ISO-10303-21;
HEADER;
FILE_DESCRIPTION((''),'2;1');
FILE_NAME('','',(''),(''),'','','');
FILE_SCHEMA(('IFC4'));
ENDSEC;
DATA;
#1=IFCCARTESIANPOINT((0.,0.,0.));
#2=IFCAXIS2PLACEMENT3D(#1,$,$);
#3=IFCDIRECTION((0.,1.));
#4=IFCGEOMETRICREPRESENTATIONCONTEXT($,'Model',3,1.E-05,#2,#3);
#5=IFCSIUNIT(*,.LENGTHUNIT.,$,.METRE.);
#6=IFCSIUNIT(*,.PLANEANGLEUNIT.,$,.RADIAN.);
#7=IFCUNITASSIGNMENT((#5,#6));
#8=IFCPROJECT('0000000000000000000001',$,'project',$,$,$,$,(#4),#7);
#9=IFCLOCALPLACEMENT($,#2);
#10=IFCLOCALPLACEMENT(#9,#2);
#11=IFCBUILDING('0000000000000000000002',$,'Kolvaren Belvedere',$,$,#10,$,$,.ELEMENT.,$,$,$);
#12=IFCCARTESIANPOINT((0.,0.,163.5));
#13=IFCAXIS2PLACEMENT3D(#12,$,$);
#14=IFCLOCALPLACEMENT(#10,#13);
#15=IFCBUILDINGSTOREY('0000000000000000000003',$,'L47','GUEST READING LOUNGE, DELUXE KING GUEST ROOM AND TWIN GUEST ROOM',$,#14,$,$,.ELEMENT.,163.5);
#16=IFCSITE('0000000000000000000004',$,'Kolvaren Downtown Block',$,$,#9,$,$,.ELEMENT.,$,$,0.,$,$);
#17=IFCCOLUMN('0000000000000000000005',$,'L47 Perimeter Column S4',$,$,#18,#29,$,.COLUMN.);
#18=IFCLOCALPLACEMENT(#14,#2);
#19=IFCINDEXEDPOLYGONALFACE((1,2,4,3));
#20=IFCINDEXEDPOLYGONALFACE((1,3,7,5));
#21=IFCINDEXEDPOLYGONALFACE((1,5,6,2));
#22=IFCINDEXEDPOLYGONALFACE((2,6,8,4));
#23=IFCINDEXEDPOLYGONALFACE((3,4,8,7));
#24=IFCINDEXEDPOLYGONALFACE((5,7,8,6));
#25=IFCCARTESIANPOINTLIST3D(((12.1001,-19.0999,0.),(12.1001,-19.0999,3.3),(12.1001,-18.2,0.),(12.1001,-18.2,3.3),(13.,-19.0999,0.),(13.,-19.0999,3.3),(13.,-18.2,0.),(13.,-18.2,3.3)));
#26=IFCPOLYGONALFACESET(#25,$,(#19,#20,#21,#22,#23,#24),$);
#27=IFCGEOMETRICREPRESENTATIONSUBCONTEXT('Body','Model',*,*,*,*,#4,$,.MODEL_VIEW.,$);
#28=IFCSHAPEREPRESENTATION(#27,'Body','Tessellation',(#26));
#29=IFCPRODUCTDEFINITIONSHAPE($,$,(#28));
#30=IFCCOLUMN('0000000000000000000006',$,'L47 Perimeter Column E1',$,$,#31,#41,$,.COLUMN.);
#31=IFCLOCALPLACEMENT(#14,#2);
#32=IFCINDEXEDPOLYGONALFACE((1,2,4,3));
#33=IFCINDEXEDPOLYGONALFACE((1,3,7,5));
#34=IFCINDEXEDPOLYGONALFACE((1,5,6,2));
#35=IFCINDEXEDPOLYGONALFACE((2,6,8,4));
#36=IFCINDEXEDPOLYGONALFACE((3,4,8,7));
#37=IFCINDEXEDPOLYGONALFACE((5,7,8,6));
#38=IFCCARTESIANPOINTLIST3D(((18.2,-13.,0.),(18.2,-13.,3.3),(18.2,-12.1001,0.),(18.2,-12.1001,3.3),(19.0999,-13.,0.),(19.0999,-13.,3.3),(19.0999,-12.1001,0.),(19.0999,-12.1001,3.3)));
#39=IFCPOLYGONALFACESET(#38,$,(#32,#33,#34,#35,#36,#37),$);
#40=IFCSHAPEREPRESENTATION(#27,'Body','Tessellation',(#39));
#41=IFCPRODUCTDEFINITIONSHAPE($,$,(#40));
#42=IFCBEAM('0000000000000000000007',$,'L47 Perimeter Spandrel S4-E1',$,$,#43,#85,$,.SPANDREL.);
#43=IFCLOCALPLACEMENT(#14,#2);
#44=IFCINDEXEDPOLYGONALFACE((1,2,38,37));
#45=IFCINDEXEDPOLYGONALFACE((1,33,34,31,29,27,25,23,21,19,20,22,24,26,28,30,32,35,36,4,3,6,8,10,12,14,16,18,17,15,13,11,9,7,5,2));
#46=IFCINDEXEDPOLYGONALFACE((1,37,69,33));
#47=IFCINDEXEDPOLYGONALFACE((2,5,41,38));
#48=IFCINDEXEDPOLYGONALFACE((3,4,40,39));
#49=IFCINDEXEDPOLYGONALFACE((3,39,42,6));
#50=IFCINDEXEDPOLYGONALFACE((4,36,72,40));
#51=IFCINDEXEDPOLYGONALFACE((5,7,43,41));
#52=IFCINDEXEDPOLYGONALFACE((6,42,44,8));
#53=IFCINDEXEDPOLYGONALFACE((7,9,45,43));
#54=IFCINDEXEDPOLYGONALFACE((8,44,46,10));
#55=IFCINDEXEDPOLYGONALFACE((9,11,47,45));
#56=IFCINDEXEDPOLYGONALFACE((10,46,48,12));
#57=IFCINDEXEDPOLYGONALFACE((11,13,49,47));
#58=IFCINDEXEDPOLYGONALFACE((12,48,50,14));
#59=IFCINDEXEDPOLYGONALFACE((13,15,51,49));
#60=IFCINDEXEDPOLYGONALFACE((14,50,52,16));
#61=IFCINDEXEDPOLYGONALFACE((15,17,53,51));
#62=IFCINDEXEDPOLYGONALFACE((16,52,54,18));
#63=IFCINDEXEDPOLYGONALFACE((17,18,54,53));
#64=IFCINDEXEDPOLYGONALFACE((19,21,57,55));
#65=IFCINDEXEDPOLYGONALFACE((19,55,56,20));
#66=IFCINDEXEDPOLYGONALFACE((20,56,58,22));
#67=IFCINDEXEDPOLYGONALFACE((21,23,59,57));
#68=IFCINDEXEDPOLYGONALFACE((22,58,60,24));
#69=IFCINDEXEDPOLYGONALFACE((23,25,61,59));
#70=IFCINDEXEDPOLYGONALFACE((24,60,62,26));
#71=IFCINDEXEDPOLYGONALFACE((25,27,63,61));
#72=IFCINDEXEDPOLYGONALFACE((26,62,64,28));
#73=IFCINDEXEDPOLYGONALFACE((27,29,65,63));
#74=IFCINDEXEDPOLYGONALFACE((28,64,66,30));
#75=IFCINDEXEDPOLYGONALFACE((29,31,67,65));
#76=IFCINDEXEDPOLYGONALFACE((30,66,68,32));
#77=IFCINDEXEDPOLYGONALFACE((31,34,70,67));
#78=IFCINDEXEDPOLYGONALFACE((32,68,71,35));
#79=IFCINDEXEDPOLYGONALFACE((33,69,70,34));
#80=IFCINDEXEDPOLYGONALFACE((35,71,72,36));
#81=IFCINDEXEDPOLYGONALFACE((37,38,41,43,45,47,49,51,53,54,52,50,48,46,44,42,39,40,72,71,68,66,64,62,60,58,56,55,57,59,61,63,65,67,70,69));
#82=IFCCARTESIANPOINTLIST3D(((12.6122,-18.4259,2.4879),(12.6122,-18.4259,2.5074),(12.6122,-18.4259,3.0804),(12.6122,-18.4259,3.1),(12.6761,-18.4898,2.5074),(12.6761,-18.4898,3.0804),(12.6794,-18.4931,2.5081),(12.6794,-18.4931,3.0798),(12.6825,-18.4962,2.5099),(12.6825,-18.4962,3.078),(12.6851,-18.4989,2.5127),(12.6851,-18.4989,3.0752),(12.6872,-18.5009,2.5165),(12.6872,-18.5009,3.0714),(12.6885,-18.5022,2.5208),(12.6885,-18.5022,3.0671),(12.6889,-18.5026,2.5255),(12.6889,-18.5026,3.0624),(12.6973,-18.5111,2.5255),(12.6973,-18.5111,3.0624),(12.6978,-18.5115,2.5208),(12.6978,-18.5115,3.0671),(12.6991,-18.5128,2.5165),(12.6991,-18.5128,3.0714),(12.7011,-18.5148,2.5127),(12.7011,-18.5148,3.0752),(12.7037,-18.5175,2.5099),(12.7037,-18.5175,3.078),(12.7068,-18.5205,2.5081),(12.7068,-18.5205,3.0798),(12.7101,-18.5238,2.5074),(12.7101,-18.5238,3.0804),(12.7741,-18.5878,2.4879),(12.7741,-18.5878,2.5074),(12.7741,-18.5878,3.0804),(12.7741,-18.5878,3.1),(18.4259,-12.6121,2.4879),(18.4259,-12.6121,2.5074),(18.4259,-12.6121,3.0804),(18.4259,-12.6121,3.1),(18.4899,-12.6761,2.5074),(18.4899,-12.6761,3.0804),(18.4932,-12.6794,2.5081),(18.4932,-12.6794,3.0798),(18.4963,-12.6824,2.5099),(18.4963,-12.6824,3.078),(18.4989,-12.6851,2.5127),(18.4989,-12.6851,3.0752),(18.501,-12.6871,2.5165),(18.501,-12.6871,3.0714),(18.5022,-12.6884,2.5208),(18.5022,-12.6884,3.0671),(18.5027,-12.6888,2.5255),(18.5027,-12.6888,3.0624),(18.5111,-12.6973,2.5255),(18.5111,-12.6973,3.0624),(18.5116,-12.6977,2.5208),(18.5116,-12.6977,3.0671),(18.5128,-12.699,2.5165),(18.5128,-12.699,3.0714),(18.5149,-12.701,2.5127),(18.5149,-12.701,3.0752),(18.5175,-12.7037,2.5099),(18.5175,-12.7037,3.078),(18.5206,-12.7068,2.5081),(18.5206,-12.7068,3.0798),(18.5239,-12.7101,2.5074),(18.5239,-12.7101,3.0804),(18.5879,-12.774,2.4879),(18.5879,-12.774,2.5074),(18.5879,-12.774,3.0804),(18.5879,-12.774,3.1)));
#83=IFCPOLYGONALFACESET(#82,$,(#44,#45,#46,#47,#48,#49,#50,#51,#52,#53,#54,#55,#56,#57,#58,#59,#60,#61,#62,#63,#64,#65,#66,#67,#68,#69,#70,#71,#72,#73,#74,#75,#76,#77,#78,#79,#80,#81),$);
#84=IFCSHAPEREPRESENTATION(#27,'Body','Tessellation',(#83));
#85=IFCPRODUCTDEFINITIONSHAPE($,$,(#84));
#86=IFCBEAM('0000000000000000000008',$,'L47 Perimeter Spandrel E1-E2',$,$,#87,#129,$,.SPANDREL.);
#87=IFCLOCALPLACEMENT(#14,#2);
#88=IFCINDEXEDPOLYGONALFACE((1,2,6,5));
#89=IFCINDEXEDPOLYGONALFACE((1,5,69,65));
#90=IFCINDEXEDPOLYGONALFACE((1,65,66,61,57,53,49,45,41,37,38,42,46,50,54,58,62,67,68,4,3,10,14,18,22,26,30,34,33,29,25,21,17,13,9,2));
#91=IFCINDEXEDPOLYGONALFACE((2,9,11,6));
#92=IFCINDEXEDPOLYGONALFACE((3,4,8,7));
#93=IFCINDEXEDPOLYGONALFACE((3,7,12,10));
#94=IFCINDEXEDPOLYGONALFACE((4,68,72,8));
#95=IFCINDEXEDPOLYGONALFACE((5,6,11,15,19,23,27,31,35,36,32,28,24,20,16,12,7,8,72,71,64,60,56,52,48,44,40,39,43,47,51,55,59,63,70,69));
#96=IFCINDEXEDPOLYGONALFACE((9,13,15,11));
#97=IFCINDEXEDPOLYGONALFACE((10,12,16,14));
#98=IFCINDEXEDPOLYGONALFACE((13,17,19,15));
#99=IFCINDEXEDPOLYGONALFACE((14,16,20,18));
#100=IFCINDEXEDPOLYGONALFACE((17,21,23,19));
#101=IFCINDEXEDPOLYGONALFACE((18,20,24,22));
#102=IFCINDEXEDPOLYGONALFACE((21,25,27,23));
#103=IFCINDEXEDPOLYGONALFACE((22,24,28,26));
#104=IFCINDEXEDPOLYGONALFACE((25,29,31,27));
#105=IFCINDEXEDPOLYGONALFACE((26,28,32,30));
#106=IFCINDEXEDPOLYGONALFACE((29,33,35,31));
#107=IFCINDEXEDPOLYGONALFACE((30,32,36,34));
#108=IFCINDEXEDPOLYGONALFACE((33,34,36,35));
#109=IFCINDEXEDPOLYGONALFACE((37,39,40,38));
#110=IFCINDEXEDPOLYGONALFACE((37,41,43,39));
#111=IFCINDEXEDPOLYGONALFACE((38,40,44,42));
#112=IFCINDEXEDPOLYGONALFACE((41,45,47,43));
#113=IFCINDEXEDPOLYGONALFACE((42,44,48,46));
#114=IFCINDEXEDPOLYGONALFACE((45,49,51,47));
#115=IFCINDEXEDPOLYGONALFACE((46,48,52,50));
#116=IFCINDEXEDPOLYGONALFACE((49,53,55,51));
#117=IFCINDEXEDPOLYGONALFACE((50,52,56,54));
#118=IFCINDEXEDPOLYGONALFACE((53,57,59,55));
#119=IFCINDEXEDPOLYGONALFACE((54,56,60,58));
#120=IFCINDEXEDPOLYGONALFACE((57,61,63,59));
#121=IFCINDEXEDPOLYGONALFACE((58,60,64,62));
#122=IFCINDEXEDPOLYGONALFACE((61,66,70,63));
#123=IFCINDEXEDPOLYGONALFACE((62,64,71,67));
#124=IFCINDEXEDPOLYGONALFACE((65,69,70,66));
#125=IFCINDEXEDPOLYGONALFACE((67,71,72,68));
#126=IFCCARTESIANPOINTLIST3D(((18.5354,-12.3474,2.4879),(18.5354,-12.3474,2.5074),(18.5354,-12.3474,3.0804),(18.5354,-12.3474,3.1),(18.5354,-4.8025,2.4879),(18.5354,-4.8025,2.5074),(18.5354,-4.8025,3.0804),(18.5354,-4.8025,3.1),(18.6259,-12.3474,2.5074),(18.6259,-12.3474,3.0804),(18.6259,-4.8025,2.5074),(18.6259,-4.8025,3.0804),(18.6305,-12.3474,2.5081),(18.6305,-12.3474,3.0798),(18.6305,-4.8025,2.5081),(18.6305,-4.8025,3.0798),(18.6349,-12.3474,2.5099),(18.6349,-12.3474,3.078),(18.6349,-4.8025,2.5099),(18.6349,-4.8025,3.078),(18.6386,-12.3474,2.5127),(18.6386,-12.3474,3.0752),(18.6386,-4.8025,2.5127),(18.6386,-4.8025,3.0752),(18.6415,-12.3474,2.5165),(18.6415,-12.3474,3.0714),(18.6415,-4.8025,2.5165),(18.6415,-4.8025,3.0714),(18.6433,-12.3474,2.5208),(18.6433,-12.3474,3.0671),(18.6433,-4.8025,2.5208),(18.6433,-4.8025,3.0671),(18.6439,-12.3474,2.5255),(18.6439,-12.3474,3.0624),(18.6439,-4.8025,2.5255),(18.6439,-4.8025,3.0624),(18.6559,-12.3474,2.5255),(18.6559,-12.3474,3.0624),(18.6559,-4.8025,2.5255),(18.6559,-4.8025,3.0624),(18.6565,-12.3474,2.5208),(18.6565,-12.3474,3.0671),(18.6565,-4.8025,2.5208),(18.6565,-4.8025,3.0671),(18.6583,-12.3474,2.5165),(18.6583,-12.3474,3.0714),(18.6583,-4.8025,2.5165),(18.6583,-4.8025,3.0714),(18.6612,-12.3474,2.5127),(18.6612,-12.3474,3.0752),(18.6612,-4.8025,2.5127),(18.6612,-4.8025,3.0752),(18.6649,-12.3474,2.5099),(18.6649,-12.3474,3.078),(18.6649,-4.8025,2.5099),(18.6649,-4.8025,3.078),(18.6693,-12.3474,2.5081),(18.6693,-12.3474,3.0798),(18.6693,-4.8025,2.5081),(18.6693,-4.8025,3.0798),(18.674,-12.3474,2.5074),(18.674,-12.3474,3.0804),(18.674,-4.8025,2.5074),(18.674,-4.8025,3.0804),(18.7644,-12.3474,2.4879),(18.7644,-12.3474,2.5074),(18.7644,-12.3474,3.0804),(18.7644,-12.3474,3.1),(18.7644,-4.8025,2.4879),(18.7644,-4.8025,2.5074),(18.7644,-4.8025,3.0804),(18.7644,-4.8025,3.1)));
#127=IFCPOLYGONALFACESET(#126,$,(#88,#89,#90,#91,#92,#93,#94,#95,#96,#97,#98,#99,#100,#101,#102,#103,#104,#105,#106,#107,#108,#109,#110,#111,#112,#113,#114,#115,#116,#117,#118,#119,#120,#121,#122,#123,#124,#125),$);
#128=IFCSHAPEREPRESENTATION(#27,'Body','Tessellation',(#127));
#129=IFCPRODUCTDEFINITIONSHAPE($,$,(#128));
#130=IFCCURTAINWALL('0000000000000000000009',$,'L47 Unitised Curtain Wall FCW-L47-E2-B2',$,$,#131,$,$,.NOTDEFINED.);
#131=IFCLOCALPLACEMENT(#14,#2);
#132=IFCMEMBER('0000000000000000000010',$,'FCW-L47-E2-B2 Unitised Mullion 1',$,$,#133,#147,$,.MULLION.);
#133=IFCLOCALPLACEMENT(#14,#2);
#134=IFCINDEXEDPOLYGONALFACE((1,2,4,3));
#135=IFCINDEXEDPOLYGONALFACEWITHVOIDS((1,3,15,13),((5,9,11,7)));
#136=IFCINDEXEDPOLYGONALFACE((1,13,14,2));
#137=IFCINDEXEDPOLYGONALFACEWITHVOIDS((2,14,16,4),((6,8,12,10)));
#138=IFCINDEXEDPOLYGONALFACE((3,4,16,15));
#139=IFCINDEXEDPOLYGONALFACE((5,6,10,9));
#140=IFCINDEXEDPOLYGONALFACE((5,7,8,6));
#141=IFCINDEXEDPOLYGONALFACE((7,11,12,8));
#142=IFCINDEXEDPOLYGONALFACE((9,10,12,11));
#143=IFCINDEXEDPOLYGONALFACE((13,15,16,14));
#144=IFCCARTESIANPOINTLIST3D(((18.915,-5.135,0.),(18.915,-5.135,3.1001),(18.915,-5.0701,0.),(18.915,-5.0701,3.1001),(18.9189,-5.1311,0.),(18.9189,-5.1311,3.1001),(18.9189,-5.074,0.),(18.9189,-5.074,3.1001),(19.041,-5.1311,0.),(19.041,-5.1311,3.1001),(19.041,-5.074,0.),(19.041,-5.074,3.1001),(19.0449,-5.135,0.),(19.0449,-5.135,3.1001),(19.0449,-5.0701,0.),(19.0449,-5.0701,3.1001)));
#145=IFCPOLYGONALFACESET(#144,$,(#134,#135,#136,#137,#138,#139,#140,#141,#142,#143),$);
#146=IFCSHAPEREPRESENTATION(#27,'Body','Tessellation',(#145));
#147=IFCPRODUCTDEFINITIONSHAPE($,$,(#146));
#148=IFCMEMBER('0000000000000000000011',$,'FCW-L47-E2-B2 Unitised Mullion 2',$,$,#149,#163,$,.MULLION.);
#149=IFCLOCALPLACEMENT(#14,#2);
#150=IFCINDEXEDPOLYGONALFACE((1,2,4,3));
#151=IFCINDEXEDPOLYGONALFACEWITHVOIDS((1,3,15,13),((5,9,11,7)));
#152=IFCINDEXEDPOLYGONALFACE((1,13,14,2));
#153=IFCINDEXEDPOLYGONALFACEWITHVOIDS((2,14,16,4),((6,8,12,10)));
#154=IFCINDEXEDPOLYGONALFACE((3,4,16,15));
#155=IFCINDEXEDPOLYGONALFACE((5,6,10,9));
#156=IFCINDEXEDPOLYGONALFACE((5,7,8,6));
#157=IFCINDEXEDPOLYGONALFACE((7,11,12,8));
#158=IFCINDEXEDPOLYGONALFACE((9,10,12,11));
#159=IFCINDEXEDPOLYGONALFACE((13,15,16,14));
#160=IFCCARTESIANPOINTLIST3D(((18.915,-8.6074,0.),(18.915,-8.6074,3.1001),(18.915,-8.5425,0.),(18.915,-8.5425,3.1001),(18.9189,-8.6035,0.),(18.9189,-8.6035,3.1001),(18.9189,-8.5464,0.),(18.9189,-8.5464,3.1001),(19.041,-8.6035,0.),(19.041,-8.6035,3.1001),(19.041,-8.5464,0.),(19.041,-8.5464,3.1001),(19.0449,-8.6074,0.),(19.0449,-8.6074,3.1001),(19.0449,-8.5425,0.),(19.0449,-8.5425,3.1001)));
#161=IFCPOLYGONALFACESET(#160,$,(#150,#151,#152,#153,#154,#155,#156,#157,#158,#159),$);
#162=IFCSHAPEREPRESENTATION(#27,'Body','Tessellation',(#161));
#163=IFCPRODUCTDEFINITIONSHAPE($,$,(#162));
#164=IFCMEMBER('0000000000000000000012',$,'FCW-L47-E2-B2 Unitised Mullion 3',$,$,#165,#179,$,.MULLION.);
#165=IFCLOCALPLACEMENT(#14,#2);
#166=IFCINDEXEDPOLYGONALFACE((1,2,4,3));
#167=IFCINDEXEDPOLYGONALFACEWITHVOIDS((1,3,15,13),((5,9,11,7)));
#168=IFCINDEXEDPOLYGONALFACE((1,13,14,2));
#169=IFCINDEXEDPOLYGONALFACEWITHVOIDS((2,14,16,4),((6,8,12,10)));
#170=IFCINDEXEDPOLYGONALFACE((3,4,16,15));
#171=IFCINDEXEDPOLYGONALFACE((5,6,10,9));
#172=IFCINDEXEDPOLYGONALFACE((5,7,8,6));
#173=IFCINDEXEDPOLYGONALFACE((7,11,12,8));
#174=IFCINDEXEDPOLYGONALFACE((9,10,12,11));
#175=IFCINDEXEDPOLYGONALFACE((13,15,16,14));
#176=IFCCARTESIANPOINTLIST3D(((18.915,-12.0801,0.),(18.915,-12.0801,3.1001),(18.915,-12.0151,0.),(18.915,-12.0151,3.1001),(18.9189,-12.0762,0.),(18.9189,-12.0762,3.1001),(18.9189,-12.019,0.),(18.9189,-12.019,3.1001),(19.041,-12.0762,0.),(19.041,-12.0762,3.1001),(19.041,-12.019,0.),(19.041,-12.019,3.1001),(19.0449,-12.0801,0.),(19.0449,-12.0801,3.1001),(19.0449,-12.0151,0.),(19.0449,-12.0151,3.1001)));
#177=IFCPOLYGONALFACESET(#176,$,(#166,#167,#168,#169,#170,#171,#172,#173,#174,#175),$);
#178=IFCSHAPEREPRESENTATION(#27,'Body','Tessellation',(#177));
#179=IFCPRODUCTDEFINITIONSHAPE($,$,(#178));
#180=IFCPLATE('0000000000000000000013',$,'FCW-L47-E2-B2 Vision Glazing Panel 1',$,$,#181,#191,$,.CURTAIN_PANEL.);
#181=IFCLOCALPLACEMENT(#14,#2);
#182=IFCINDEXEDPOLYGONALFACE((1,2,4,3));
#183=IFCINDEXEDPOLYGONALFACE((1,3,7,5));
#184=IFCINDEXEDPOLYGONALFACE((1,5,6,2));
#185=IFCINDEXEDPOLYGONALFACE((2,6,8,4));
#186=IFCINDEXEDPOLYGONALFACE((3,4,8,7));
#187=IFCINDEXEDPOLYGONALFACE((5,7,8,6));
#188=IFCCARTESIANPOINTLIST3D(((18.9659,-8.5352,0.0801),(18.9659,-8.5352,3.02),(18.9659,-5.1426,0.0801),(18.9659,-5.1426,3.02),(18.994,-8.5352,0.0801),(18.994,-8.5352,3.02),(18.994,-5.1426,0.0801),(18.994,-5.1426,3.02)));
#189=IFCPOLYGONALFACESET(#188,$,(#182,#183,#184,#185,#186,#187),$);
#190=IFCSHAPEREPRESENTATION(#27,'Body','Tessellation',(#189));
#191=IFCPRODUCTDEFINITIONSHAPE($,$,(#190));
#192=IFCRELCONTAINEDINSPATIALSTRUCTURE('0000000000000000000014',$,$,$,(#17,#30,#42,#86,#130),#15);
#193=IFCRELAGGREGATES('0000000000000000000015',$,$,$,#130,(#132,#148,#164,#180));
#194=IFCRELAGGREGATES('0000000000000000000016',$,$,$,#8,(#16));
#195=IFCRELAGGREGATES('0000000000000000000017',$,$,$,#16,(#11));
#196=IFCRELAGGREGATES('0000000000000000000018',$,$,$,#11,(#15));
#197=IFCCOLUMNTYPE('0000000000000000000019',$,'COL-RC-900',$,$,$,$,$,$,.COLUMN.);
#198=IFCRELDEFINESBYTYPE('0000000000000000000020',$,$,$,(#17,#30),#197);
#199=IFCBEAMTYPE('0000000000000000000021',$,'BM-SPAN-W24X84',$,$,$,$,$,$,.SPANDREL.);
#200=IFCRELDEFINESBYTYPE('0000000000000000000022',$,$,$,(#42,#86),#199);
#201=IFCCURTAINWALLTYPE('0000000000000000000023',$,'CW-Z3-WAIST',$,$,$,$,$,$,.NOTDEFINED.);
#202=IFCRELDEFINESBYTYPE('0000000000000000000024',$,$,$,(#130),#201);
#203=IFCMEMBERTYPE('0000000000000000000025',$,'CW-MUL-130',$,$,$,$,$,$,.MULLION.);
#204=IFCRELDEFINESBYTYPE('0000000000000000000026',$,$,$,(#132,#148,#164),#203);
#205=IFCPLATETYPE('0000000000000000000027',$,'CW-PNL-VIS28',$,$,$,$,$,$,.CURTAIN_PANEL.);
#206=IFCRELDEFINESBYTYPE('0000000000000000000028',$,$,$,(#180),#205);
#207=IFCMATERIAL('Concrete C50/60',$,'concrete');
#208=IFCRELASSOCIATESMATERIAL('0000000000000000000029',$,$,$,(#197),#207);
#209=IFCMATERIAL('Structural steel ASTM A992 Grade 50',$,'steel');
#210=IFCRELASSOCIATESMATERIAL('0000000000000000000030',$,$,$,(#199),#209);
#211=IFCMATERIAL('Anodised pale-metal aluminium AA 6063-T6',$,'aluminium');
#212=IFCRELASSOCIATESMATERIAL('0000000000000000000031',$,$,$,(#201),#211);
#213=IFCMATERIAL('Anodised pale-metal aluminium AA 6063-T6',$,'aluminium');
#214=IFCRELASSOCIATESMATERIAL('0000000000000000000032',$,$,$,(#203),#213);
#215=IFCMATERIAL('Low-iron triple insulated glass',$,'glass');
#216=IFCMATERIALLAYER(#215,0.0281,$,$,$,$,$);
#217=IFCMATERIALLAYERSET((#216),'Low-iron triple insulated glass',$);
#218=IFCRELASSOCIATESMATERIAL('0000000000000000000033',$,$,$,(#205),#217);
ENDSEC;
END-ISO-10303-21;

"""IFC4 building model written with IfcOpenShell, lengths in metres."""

from ifc_helpers import new_model, si_unit, direction, frame, origin, origin_2d, place, context, subcontext, project, spatial, rectangle, hollow_rectangle, i_section, extrude, material, layer, layer_set, material_profile, profile_set, type_object, element, aggregate, save


model = new_model("IFC4")

# Units and contexts
model_context = context("Model", 3, precision=1e-05, world=origin(), true_north=direction((0.0, 1.0)))
body_context = subcontext(model_context, "Body", "Model", "MODEL_VIEW")
ifc_project = project(units=[si_unit("LENGTHUNIT", "METRE"), si_unit("PLANEANGLEUNIT", "RADIAN")], contexts=[model_context])

# Site, building, storey
site_placement = place(None, origin())
site = spatial("IfcSite", under=ifc_project, at=site_placement, Name="Kolvaren Downtown Block", CompositionType="ELEMENT", RefElevation=0.0)
building_placement = place(site_placement, origin())
building = spatial("IfcBuilding", under=site, at=building_placement, Name="Kolvaren Belvedere", CompositionType="ELEMENT")
storey_placement = place(building_placement, frame((0.0, 0.0, 163.5)))
storey = spatial("IfcBuildingStorey", under=building, at=storey_placement, Name="L47", Description="GUEST READING LOUNGE, DELUXE KING GUEST ROOM AND TWIN GUEST ROOM", CompositionType="ELEMENT", Elevation=163.5)

# Columns
ifc_material_1 = material(Name="Concrete C50/60", Category="concrete")
ifc_material_profile_1 = material_profile(ifc_material_1, rectangle(XDim=0.8999, YDim=0.8999, at=origin_2d()), Name="RC 900X900")
ifc_profile_set_1 = profile_set([ifc_material_profile_1], Name="Concrete C50/60")
column_type = type_object("IfcColumnType", Name="COL-RC-900", PredefinedType="COLUMN", material=ifc_profile_set_1)
for number, where, z_axis, x_axis, name in (
    (1, (12.55, -18.6499, 0.0), (0.0, 0.0, 1.0), (1.0, 0.0, 0.0), "L47 Perimeter Column S4"),
    (2, (18.6499, -12.55, 0.0), (0.0, 0.0, 1.0), (1.0, 0.0, 0.0), "L47 Perimeter Column E1"),
):
    element("IfcColumn", number, at=place(storey_placement, frame(where, z_axis=z_axis, x_axis=x_axis)), inside=storey, type_object=column_type, Name=name, PredefinedType="COLUMN", context=body_context, shape_type="SweptSolid", body=[
        extrude(rectangle(XDim=0.8999, YDim=0.8999, at=origin_2d()), origin(), (0.0, 0.0, 1.0), 3.3),
    ])

# Beams
ifc_material_2 = material(Name="Structural steel ASTM A992 Grade 50", Category="steel")
ifc_material_profile_2 = material_profile(ifc_material_2, i_section(OverallWidth=0.229, OverallDepth=0.6121, WebThickness=0.012, FlangeThickness=0.0195, FilletRadius=0.0181, at=origin_2d()), Name="W24X84")
ifc_profile_set_2 = profile_set([ifc_material_profile_2], Name="Structural steel ASTM A992 Grade 50")
beam_type = type_object("IfcBeamType", Name="BM-SPAN-W24X84", PredefinedType="SPANDREL", material=ifc_profile_set_2)
beam_1_placement = place(storey_placement, frame((12.6931, -18.5068, 2.7939), z_axis=(0.707107, 0.707107, 0.0), x_axis=(-0.707107, 0.707107, 0.0)))
element("IfcBeam", 3, at=beam_1_placement, inside=storey, type_object=beam_type, Name="L47 Perimeter Spandrel S4-E1", PredefinedType="SPANDREL", context=body_context, shape_type="SweptSolid", body=[
    extrude(i_section(OverallWidth=0.229, OverallDepth=0.6121, WebThickness=0.012, FlangeThickness=0.0195, FilletRadius=0.0181, at=origin_2d()), origin(), (0.0, 0.0, 1.0), 8.2219),
])
beam_2_placement = place(storey_placement, frame((18.6499, -12.3474, 2.7939), z_axis=(0.0, 1.0, 0.0), x_axis=(-1.0, 0.0, 0.0)))
element("IfcBeam", 4, at=beam_2_placement, inside=storey, type_object=beam_type, Name="L47 Perimeter Spandrel E1-E2", PredefinedType="SPANDREL", context=body_context, shape_type="SweptSolid", body=[
    extrude(i_section(OverallWidth=0.229, OverallDepth=0.6121, WebThickness=0.012, FlangeThickness=0.0195, FilletRadius=0.0181, at=origin_2d()), origin(), (0.0, 0.0, 1.0), 7.5449),
])

# Curtain wall, members, plate
ifc_material_3 = material(Name="Anodised pale-metal aluminium AA 6063-T6", Category="aluminium")
curtain_wall_type = type_object("IfcCurtainWallType", Name="CW-Z3-WAIST", PredefinedType="NOTDEFINED", material=ifc_material_3)
curtain_wall_placement = place(storey_placement, origin())
curtain_wall = element("IfcCurtainWall", 5, at=curtain_wall_placement, inside=storey, type_object=curtain_wall_type, Name="L47 Unitised Curtain Wall FCW-L47-E2-B2", PredefinedType="NOTDEFINED")
ifc_material_4 = material(Name="Anodised pale-metal aluminium AA 6063-T6", Category="aluminium")
ifc_material_profile_3 = material_profile(ifc_material_4, hollow_rectangle(XDim=0.0649, YDim=0.1299, WallThickness=0.0039, at=origin_2d()), Name="ALU-MUL-130X65")
ifc_profile_set_3 = profile_set([ifc_material_profile_3], Name="Anodised pale-metal aluminium AA 6063-T6")
member_type = type_object("IfcMemberType", Name="CW-MUL-130", PredefinedType="MULLION", material=ifc_profile_set_3)
member_1_placement = place(storey_placement, frame((18.98, -5.1025, 0.0), z_axis=(0.0, 0.0, 1.0), x_axis=(0.0, 1.0, 0.0)))
member_1 = element("IfcMember", 6, at=member_1_placement, type_object=member_type, Name="FCW-L47-E2-B2 Unitised Mullion 1", PredefinedType="MULLION", context=body_context, shape_type="SweptSolid", body=[
    extrude(hollow_rectangle(XDim=0.0649, YDim=0.1299, WallThickness=0.0039, at=origin_2d()), origin(), (0.0, 0.0, 1.0), 3.1001),
])
member_2_placement = place(storey_placement, frame((18.98, -8.575, 0.0), z_axis=(0.0, 0.0, 1.0), x_axis=(0.0, 1.0, 0.0)))
member_2 = element("IfcMember", 7, at=member_2_placement, type_object=member_type, Name="FCW-L47-E2-B2 Unitised Mullion 2", PredefinedType="MULLION", context=body_context, shape_type="SweptSolid", body=[
    extrude(hollow_rectangle(XDim=0.0649, YDim=0.1299, WallThickness=0.0039, at=origin_2d()), origin(), (0.0, 0.0, 1.0), 3.1001),
])
member_3_placement = place(storey_placement, frame((18.98, -12.0476, 0.0), z_axis=(0.0, 0.0, 1.0), x_axis=(0.0, 1.0, 0.0)))
member_3 = element("IfcMember", 8, at=member_3_placement, type_object=member_type, Name="FCW-L47-E2-B2 Unitised Mullion 3", PredefinedType="MULLION", context=body_context, shape_type="SweptSolid", body=[
    extrude(hollow_rectangle(XDim=0.0649, YDim=0.1299, WallThickness=0.0039, at=origin_2d()), origin(), (0.0, 0.0, 1.0), 3.1001),
])
ifc_material_5 = material(Name="Low-iron triple insulated glass", Category="glass")
ifc_layer_1 = layer(ifc_material_5, 0.0281)
ifc_layer_set_1 = layer_set([ifc_layer_1], Name="Low-iron triple insulated glass")
plate_type_1 = type_object("IfcPlateType", Name="CW-PNL-VIS28", PredefinedType="CURTAIN_PANEL", material=ifc_layer_set_1)
plate_1_placement = place(storey_placement, frame((18.98, -6.8389, 0.0801), z_axis=(0.0, 0.0, 1.0), x_axis=(0.0, -1.0, 0.0)))
plate_1 = element("IfcPlate", 9, at=plate_1_placement, type_object=plate_type_1, Name="FCW-L47-E2-B2 Vision Glazing Panel 1", PredefinedType="CURTAIN_PANEL", context=body_context, shape_type="SweptSolid", body=[
    extrude(rectangle(XDim=3.3926, YDim=0.0281, at=origin_2d()), origin(), (0.0, 0.0, 1.0), 2.9399),
])
aggregate(curtain_wall, [member_1, member_2, member_3, plate_1])

save(model, "model.ifc")
